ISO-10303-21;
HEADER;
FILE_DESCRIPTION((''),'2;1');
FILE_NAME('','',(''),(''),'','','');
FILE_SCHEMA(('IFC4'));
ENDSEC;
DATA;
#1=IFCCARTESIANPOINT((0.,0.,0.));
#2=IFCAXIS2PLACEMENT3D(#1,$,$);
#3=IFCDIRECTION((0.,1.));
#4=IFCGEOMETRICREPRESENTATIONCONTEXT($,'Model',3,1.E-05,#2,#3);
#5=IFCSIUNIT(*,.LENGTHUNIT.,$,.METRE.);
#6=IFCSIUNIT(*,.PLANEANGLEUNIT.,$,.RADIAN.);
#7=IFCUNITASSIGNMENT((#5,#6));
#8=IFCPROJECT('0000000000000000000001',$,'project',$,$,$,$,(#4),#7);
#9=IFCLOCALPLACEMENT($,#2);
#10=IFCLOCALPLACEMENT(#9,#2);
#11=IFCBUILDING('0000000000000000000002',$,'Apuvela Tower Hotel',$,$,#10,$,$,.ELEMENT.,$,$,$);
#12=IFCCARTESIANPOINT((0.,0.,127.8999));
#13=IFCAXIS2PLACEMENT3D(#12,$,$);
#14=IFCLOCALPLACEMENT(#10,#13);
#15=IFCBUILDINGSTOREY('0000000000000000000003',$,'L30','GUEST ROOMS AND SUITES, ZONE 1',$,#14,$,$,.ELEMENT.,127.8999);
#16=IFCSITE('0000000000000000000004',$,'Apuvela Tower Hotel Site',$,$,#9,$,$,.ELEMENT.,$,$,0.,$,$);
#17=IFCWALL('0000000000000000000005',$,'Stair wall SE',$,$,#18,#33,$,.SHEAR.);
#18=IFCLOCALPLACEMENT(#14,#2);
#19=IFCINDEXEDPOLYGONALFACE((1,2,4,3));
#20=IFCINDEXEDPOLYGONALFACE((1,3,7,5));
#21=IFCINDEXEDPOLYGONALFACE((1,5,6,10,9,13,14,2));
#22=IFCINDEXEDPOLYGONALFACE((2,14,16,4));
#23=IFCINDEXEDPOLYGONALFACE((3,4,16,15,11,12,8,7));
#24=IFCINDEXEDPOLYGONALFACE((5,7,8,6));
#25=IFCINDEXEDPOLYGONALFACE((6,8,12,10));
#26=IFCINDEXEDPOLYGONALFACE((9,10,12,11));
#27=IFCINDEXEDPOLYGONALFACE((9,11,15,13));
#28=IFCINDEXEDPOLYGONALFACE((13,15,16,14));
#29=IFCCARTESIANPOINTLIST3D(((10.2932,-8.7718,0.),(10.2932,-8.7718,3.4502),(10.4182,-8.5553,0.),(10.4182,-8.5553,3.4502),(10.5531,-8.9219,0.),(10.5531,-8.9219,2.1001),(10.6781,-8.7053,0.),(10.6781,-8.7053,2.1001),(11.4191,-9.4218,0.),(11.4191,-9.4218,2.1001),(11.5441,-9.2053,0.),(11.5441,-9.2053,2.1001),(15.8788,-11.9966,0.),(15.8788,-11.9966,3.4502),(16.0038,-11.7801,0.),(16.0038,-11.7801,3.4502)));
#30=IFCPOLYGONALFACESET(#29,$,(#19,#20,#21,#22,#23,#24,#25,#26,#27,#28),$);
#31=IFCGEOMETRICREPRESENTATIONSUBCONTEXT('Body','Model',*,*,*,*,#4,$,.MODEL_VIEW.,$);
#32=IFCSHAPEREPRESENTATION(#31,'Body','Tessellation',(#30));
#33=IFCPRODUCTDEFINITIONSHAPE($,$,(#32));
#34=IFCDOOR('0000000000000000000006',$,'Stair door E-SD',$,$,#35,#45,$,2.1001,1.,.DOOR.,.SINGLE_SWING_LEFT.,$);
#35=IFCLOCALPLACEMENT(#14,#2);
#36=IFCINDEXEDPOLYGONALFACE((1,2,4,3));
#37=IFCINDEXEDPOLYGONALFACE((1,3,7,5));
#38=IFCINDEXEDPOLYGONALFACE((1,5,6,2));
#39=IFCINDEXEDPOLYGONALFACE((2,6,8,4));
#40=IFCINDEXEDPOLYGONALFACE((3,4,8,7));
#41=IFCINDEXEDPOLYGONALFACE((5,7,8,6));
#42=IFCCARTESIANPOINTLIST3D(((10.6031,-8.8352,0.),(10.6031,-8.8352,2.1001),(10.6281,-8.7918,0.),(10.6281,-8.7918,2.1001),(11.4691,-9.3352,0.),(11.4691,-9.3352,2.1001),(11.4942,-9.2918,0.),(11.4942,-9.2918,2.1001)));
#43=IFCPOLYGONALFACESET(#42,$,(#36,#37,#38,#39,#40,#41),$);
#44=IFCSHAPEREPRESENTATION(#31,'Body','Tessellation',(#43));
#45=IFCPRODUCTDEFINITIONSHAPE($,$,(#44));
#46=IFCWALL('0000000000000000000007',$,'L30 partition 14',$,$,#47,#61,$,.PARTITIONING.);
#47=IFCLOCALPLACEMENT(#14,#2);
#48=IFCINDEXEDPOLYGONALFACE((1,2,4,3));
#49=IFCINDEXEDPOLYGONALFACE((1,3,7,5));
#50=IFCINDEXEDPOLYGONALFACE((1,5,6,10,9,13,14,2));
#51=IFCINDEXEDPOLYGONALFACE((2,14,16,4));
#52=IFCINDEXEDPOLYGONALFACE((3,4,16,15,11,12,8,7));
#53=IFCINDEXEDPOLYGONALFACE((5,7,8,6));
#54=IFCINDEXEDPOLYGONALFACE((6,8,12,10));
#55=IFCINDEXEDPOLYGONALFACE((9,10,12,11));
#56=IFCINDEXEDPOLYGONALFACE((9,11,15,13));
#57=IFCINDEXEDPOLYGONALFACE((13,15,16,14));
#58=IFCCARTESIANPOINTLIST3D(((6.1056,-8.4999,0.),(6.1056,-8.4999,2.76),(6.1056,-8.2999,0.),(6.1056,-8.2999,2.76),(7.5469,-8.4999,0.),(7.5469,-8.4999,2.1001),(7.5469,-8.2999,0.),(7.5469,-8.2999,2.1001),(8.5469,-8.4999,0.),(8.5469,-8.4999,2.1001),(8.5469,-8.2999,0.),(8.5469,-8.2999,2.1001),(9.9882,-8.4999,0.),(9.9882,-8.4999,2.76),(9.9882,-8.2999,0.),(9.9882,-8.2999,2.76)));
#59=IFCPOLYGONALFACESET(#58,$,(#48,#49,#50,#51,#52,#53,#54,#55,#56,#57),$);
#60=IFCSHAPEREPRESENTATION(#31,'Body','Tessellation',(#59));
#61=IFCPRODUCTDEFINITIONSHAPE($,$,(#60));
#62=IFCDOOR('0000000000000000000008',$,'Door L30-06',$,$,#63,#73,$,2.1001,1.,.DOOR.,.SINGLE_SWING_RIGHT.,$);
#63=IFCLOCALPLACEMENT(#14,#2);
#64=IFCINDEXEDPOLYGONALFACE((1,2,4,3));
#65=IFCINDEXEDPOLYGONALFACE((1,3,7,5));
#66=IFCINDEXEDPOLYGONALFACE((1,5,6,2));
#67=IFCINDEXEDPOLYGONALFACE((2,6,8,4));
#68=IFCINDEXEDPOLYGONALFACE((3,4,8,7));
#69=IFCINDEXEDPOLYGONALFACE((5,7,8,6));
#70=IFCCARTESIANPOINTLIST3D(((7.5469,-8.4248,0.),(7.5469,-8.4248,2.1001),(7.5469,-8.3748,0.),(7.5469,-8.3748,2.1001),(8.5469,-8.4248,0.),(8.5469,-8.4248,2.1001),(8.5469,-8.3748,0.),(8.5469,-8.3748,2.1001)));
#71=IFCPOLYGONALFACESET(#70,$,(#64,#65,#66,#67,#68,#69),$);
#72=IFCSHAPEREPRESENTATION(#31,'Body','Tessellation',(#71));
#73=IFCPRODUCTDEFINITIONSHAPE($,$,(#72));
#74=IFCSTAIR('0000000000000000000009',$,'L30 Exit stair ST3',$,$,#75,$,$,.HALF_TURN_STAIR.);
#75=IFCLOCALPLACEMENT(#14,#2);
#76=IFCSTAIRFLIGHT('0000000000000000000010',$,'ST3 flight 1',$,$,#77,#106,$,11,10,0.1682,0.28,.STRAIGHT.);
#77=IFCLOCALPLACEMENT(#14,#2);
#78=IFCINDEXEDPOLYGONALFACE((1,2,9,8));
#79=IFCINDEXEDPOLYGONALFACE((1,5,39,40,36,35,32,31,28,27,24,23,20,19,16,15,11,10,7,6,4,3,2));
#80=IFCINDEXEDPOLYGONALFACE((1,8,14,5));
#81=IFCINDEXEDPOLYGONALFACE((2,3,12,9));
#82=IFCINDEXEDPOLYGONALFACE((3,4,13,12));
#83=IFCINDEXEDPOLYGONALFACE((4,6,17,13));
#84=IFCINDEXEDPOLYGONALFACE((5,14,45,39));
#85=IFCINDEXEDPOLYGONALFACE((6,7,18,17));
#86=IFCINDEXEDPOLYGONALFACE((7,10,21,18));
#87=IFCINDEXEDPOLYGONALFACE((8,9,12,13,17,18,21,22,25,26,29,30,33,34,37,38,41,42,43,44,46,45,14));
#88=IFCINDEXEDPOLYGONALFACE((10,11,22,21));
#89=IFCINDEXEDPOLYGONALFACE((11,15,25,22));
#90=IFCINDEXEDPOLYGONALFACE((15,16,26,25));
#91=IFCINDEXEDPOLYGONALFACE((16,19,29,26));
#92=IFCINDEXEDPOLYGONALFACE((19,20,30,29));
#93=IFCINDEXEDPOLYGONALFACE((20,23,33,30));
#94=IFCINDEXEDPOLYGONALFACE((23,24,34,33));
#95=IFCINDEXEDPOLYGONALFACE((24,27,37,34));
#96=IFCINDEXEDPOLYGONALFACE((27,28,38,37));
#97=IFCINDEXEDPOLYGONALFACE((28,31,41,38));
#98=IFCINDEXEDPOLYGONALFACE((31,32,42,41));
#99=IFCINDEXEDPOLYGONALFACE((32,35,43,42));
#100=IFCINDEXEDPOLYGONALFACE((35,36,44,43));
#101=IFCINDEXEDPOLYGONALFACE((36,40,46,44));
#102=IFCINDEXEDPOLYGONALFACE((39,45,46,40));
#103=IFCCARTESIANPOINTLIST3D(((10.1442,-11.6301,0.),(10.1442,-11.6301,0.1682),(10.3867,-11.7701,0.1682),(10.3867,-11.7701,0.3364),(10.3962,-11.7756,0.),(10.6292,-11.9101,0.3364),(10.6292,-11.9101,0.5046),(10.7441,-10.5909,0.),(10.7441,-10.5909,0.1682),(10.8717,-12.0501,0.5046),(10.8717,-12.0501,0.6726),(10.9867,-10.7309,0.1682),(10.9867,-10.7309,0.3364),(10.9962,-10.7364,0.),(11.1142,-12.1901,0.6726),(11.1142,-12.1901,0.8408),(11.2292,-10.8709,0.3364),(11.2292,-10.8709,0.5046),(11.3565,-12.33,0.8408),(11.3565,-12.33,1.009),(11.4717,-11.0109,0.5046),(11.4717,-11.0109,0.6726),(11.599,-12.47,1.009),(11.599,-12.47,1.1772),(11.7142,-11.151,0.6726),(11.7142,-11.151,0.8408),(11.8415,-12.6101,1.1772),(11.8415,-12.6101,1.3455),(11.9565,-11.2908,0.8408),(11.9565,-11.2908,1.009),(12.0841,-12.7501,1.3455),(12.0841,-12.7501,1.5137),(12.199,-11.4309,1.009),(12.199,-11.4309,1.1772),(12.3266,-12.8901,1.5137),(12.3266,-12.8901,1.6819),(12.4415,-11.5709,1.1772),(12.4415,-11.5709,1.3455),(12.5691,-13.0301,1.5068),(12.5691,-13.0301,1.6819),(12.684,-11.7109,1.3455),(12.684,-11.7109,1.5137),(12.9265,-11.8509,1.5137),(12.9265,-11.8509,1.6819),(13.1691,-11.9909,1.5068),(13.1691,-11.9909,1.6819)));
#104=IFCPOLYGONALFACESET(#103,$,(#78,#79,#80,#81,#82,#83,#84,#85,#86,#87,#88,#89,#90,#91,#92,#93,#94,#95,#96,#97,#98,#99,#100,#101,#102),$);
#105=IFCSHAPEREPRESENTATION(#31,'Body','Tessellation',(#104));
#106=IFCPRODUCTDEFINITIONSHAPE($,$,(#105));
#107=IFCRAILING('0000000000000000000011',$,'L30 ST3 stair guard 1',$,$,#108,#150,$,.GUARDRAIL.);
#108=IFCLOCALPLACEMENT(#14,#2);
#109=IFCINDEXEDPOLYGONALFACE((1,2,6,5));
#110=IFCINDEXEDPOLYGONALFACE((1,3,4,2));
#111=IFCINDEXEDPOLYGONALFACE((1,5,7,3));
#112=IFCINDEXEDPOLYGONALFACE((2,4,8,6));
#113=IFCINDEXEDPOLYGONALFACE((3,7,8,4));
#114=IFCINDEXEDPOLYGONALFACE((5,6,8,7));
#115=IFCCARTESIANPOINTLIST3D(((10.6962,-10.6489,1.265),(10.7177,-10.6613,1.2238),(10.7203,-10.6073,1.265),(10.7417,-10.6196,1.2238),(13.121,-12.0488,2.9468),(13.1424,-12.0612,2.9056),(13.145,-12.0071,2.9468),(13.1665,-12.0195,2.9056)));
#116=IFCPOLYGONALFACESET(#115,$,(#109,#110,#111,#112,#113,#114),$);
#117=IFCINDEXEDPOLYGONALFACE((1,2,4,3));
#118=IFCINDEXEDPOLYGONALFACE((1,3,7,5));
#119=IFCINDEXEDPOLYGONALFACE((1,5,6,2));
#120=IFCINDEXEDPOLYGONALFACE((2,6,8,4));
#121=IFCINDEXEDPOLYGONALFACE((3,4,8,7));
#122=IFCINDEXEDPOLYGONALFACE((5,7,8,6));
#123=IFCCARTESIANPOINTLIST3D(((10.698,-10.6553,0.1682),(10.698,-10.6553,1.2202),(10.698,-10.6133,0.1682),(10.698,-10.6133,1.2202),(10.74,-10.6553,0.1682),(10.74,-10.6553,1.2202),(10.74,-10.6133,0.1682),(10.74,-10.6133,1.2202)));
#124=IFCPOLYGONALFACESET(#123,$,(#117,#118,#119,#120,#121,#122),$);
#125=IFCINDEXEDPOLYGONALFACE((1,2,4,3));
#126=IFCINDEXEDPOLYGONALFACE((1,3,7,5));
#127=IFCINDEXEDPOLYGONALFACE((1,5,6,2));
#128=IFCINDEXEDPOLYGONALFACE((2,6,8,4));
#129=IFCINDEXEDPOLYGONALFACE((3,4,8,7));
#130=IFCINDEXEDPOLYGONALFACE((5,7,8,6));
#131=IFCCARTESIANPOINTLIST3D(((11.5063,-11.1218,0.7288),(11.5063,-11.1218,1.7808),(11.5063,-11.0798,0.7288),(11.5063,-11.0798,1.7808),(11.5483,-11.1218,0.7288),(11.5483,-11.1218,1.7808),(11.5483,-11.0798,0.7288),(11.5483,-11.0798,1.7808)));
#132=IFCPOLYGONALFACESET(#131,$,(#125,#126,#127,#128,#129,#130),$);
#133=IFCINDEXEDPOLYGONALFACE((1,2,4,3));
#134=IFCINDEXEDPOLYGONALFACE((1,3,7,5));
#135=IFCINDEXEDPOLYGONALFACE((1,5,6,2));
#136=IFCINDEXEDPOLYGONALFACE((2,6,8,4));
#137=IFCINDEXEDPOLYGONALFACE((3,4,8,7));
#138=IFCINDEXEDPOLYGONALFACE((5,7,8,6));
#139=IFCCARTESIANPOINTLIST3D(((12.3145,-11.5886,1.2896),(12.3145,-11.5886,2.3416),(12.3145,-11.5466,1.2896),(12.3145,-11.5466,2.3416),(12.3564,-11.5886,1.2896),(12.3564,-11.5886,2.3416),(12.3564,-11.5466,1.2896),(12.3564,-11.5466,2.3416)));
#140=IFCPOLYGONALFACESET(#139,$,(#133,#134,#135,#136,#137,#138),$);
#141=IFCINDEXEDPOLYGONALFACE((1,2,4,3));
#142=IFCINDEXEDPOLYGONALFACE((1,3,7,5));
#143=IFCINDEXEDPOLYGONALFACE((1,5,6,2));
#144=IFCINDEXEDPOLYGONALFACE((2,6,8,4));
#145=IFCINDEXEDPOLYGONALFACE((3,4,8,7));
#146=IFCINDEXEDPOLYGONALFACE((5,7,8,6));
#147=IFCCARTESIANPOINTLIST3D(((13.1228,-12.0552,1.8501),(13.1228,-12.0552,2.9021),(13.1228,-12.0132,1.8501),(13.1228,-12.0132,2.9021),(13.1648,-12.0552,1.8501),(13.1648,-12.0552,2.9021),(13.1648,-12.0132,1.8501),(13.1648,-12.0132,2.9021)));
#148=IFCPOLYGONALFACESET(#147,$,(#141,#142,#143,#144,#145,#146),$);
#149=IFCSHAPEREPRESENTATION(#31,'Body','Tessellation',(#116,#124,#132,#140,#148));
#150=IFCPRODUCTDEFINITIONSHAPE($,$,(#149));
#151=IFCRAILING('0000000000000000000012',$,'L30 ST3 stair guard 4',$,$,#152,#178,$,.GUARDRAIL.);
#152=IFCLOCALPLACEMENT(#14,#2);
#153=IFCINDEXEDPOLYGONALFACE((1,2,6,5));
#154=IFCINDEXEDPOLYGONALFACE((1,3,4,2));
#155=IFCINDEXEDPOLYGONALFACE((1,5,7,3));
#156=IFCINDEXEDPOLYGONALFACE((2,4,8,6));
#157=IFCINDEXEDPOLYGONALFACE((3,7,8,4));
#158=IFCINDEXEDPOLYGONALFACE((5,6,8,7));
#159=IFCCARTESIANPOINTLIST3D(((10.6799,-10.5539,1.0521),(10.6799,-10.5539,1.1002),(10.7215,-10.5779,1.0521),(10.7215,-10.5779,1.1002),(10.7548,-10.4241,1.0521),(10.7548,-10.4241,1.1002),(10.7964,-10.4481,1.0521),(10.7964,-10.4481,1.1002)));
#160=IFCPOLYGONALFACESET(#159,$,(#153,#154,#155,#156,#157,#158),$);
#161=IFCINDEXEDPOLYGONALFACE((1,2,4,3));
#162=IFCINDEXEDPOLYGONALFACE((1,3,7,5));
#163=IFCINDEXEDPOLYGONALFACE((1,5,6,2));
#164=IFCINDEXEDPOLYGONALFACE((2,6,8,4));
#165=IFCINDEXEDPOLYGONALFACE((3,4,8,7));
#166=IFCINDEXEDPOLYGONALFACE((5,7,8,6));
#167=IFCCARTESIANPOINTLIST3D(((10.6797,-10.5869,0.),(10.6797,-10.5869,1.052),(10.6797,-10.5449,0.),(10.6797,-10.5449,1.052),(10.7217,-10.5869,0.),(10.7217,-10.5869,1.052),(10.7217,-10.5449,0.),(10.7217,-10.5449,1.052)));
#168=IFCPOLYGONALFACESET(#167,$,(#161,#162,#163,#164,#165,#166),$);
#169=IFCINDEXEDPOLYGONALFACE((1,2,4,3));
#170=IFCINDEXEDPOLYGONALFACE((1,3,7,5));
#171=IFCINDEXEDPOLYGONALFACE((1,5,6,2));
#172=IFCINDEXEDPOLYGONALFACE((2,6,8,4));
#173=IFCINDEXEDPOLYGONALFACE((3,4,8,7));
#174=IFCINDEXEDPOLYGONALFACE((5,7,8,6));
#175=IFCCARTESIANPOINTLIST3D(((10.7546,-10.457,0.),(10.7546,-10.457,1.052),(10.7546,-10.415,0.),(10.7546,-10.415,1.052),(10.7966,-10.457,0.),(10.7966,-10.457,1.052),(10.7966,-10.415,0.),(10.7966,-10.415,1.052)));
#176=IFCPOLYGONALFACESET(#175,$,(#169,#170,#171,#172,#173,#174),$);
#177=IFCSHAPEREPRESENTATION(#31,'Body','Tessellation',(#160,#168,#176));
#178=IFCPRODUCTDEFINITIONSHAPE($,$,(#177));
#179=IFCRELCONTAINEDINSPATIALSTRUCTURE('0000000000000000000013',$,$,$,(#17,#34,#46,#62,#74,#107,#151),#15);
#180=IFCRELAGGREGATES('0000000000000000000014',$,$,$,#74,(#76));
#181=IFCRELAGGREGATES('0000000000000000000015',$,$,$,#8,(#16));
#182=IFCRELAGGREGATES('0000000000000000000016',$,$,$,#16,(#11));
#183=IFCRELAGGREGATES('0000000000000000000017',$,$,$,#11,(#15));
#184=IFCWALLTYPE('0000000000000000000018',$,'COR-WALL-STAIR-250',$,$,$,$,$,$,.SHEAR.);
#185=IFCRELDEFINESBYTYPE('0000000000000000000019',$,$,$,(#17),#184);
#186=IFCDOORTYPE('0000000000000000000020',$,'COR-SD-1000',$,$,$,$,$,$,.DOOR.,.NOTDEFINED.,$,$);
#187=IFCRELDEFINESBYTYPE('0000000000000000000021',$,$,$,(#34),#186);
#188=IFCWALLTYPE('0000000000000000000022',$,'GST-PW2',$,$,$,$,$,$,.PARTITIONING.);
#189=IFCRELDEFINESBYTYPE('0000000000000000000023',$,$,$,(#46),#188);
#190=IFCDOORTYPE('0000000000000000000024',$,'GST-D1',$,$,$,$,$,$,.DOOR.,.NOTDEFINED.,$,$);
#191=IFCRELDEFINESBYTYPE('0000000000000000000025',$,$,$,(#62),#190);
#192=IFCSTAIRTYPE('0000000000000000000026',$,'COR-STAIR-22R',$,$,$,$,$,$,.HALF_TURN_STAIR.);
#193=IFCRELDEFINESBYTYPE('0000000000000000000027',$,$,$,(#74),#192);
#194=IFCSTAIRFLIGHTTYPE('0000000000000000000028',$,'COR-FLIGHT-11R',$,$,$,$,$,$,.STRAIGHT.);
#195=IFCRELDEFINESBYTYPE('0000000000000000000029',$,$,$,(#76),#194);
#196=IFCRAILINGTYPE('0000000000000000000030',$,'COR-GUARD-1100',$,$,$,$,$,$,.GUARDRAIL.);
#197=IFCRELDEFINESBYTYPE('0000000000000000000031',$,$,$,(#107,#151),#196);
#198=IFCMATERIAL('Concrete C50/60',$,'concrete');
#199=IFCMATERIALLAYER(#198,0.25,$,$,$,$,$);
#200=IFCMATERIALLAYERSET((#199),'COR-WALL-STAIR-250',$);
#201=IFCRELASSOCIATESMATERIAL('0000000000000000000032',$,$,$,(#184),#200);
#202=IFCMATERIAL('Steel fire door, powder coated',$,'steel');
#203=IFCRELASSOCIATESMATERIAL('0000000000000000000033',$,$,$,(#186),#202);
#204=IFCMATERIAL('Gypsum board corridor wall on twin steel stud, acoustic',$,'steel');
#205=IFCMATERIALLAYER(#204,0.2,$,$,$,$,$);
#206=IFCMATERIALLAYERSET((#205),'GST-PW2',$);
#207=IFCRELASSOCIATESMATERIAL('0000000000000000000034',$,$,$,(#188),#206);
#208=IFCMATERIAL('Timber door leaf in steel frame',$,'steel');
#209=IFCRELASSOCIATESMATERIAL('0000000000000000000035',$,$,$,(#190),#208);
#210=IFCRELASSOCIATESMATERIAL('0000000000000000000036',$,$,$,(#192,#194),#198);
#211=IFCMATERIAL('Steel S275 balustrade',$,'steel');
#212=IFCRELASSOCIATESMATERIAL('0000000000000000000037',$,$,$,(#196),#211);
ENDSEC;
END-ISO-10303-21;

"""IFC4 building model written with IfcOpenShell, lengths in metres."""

from ifc_helpers import new_model, si_unit, direction, frame, frame_2d, origin, origin_2d, place, context, subcontext, project, spatial, polyline, rectangle, outline, extrude, material, layer, layer_set, type_object, element, fill, aggregate, save


model = new_model("IFC4")

# Units and contexts
model_context = context("Model", 3, precision=1e-05, world=origin(), true_north=direction((0.0, 1.0)))
body_context = subcontext(model_context, "Body", "Model", "MODEL_VIEW")
ifc_project = project(units=[si_unit("LENGTHUNIT", "METRE"), si_unit("PLANEANGLEUNIT", "RADIAN")], contexts=[model_context])

# Site, building, storey
site_placement = place(None, origin())
site = spatial("IfcSite", under=ifc_project, at=site_placement, Name="Apuvela Tower Hotel Site", CompositionType="ELEMENT", RefElevation=0.0)
building_placement = place(site_placement, origin())
building = spatial("IfcBuilding", under=site, at=building_placement, Name="Apuvela Tower Hotel", CompositionType="ELEMENT")
storey_placement = place(building_placement, frame((0.0, 0.0, 127.8999)))
storey = spatial("IfcBuildingStorey", under=building, at=storey_placement, Name="L30", Description="GUEST ROOMS AND SUITES, ZONE 1", CompositionType="ELEMENT", Elevation=127.8999)

# Shared definitions
ifc_material_1 = material(Name="Concrete C50/60", Category="concrete")

# Walls, openings, doors
ifc_layer_1 = layer(ifc_material_1, 0.25)
ifc_layer_set_1 = layer_set([ifc_layer_1], Name="COR-WALL-STAIR-250")
wall_type_1 = type_object("IfcWallType", Name="COR-WALL-STAIR-250", PredefinedType="SHEAR", material=ifc_layer_set_1)
wall_1_placement = place(storey_placement, frame((10.3557, -8.6636, 0.0), z_axis=(0.0, 0.0, 1.0), x_axis=(0.866029, -0.499994, 0.0)))
wall_1 = element("IfcWall", 1, at=wall_1_placement, inside=storey, type_object=wall_type_1, Name="Stair wall SE", PredefinedType="SHEAR", context=body_context, shape_type="SweptSolid", body=[
    extrude(rectangle(XDim=6.4497, YDim=0.25, at=frame_2d((3.2249, 0.0))), origin(), (0.0, 0.0, 1.0), 3.4502),
])
opening_1_placement = place(wall_1_placement, frame((0.3, 0.0, 0.0)))
opening_1 = element("IfcOpeningElement", 2, at=opening_1_placement, cuts=wall_1, PredefinedType="OPENING", context=body_context, shape_type="SweptSolid", body=[
    extrude(rectangle(XDim=1.0, YDim=2.1001, at=frame_2d((0.5, 1.05))), frame((0.0, 0.135, 0.0), z_axis=(0.0, -1.0, 0.0), x_axis=(1.0, 0.0, 0.0)), (0.0, 0.0, 1.0), 0.27),
])
ifc_material_2 = material(Name="Steel fire door, powder coated", Category="steel")
door_type_1 = type_object("IfcDoorType", Name="COR-SD-1000", OperationType="NOTDEFINED", PredefinedType="DOOR", material=ifc_material_2)
door_1_placement = place(opening_1_placement, frame((1.0, 0.0, 0.0), z_axis=(0.0, 0.0, 1.0), x_axis=(-1.0, 0.0, 0.0)))
door_1 = element("IfcDoor", 3, at=door_1_placement, inside=storey, type_object=door_type_1, Name="Stair door E-SD", OperationType="SINGLE_SWING_LEFT", OverallHeight=2.1001, OverallWidth=1.0, PredefinedType="DOOR", context=body_context, shape_type="SweptSolid", body=[
    extrude(rectangle(XDim=1.0, YDim=2.1001, at=frame_2d((0.5, 1.05))), frame((0.0, 0.0249, 0.0), z_axis=(0.0, -1.0, 0.0), x_axis=(1.0, 0.0, 0.0)), (0.0, 0.0, 1.0), 0.05),
])
fill(opening_1, door_1)
ifc_material_3 = material(Name="Gypsum board corridor wall on twin steel stud, acoustic", Category="steel")
ifc_layer_2 = layer(ifc_material_3, 0.2)
ifc_layer_set_2 = layer_set([ifc_layer_2], Name="GST-PW2")
wall_type_2 = type_object("IfcWallType", Name="GST-PW2", PredefinedType="PARTITIONING", material=ifc_layer_set_2)
wall_2_placement = place(storey_placement, frame((9.9883, -8.3999, 0.0), z_axis=(0.0, 0.0, 1.0), x_axis=(-1.0, 0.0, 0.0)))
wall_2 = element("IfcWall", 4, at=wall_2_placement, inside=storey, type_object=wall_type_2, Name="L30 partition 14", PredefinedType="PARTITIONING", context=body_context, shape_type="SweptSolid", body=[
    extrude(rectangle(XDim=3.8826, YDim=0.2, at=frame_2d((1.9414, 0.0))), origin(), (0.0, 0.0, 1.0), 2.76),
])
opening_2_placement = place(wall_2_placement, frame((1.4414, 0.0, 0.0)))
opening_2 = element("IfcOpeningElement", 5, at=opening_2_placement, cuts=wall_2, PredefinedType="OPENING", context=body_context, shape_type="SweptSolid", body=[
    extrude(rectangle(XDim=1.0, YDim=2.1001, at=frame_2d((0.5, 1.05))), frame((0.0, 0.1099, 0.0), z_axis=(0.0, -1.0, 0.0), x_axis=(1.0, 0.0, 0.0)), (0.0, 0.0, 1.0), 0.22),
])
ifc_material_4 = material(Name="Timber door leaf in steel frame", Category="steel")
door_type_2 = type_object("IfcDoorType", Name="GST-D1", OperationType="NOTDEFINED", PredefinedType="DOOR", material=ifc_material_4)
door_2_placement = place(opening_2_placement, origin())
door_2 = element("IfcDoor", 6, at=door_2_placement, inside=storey, type_object=door_type_2, Name="Door L30-06", OperationType="SINGLE_SWING_RIGHT", OverallHeight=2.1001, OverallWidth=1.0, PredefinedType="DOOR", context=body_context, shape_type="SweptSolid", body=[
    extrude(rectangle(XDim=1.0, YDim=2.1001, at=frame_2d((0.5, 1.05))), frame((0.0, 0.0249, 0.0), z_axis=(0.0, -1.0, 0.0), x_axis=(1.0, 0.0, 0.0)), (0.0, 0.0, 1.0), 0.05),
])
fill(opening_2, door_2)

# Stair, stair flight
stair_type = type_object("IfcStairType", Name="COR-STAIR-22R", PredefinedType="HALF_TURN_STAIR", material=ifc_material_1)
stair_placement = place(storey_placement, origin())
stair = element("IfcStair", 7, at=stair_placement, inside=storey, type_object=stair_type, Name="L30 Exit stair ST3", PredefinedType="HALF_TURN_STAIR")
stair_flight_type = type_object("IfcStairFlightType", Name="COR-FLIGHT-11R", PredefinedType="STRAIGHT", material=ifc_material_1)
stair_flight_placement = place(storey_placement, frame((10.4441, -11.1106, 0.0), z_axis=(0.0, 0.0, 1.0), x_axis=(0.866025, -0.5, 0.0)))
stair_flight = element("IfcStairFlight", 8, at=stair_flight_placement, type_object=stair_flight_type, Name="ST3 flight 1", NumberOfRisers=11, NumberOfTreads=10, PredefinedType="STRAIGHT", RiserHeight=0.1682, TreadLength=0.28, context=body_context, shape_type="SweptSolid", body=[
    extrude(outline(polyline([(0.0, 0.0), (0.0, 0.1682), (0.28, 0.1682), (0.28, 0.3364), (0.5601, 0.3364), (0.5601, 0.5046), (0.8401, 0.5046), (0.8401, 0.6726), (1.1201, 0.6726), (1.1201, 0.8408), (1.3999, 0.8408), (1.3999, 1.009), (1.6799, 1.009), (1.6799, 1.1772), (1.96, 1.1772), (1.96, 1.3455), (2.24, 1.3455), (2.24, 1.5137), (2.52, 1.5137), (2.52, 1.6819), (2.8, 1.6819), (2.8, 1.8501), (2.8, 1.5068), (0.291, 0.0), (0.0, 0.0)])), frame((0.0, 0.6001, 0.0), z_axis=(0.0, -1.0, 0.0), x_axis=(1.0, 0.0, 0.0)), (0.0, 0.0, 1.0), 1.2),
])
aggregate(stair, [stair_flight])

# Railings
ifc_material_5 = material(Name="Steel S275 balustrade", Category="steel")
railing_type_1 = type_object("IfcRailingType", Name="COR-GUARD-1100", PredefinedType="GUARDRAIL", material=ifc_material_5)
railing_1_placement = place(storey_placement, frame((10.719, -10.6343, 0.1682)))
element("IfcRailing", 9, at=railing_1_placement, inside=storey, type_object=railing_type_1, Name="L30 ST3 stair guard 1", PredefinedType="GUARDRAIL", context=body_context, shape_type="SweptSolid", body=[
    extrude(rectangle(XDim=0.0481, YDim=0.0481, at=origin_2d()), frame((0.0, 0.0, 1.0762), z_axis=(0.74239, -0.428601, 0.514934), x_axis=(0.499984, 0.866035, 0.0)), (0.0, 0.0, 1.0), 3.2661),
    extrude(rectangle(XDim=0.042, YDim=0.042, at=origin_2d()), origin(), (0.0, 0.0, 1.0), 1.052),
    extrude(rectangle(XDim=0.042, YDim=0.042, at=origin_2d()), frame((0.8083, -0.4666, 0.5605)), (0.0, 0.0, 1.0), 1.052),
    extrude(rectangle(XDim=0.042, YDim=0.042, at=origin_2d()), frame((1.6165, -0.9333, 1.1213)), (0.0, 0.0, 1.0), 1.052),
    extrude(rectangle(XDim=0.042, YDim=0.042, at=origin_2d()), frame((2.4248, -1.3999, 1.6819)), (0.0, 0.0, 1.0), 1.052),
])
railing_2_placement = place(storey_placement, frame((10.7007, -10.5659, 0.0)))
element("IfcRailing", 10, at=railing_2_placement, inside=storey, type_object=railing_type_1, Name="L30 ST3 stair guard 4", PredefinedType="GUARDRAIL", context=body_context, shape_type="SweptSolid", body=[
    extrude(rectangle(XDim=0.0481, YDim=0.0481, at=origin_2d()), frame((0.0, 0.0, 1.0762), z_axis=(0.499816, 0.866131, 0.0), x_axis=(-0.866131, 0.499816, 0.0)), (0.0, 0.0, 1.0), 0.1499),
    extrude(rectangle(XDim=0.042, YDim=0.042, at=origin_2d()), origin(), (0.0, 0.0, 1.0), 1.052),
    extrude(rectangle(XDim=0.042, YDim=0.042, at=origin_2d()), frame((0.075, 0.1299, 0.0)), (0.0, 0.0, 1.0), 1.052),
])

save(model, "model.ifc")
